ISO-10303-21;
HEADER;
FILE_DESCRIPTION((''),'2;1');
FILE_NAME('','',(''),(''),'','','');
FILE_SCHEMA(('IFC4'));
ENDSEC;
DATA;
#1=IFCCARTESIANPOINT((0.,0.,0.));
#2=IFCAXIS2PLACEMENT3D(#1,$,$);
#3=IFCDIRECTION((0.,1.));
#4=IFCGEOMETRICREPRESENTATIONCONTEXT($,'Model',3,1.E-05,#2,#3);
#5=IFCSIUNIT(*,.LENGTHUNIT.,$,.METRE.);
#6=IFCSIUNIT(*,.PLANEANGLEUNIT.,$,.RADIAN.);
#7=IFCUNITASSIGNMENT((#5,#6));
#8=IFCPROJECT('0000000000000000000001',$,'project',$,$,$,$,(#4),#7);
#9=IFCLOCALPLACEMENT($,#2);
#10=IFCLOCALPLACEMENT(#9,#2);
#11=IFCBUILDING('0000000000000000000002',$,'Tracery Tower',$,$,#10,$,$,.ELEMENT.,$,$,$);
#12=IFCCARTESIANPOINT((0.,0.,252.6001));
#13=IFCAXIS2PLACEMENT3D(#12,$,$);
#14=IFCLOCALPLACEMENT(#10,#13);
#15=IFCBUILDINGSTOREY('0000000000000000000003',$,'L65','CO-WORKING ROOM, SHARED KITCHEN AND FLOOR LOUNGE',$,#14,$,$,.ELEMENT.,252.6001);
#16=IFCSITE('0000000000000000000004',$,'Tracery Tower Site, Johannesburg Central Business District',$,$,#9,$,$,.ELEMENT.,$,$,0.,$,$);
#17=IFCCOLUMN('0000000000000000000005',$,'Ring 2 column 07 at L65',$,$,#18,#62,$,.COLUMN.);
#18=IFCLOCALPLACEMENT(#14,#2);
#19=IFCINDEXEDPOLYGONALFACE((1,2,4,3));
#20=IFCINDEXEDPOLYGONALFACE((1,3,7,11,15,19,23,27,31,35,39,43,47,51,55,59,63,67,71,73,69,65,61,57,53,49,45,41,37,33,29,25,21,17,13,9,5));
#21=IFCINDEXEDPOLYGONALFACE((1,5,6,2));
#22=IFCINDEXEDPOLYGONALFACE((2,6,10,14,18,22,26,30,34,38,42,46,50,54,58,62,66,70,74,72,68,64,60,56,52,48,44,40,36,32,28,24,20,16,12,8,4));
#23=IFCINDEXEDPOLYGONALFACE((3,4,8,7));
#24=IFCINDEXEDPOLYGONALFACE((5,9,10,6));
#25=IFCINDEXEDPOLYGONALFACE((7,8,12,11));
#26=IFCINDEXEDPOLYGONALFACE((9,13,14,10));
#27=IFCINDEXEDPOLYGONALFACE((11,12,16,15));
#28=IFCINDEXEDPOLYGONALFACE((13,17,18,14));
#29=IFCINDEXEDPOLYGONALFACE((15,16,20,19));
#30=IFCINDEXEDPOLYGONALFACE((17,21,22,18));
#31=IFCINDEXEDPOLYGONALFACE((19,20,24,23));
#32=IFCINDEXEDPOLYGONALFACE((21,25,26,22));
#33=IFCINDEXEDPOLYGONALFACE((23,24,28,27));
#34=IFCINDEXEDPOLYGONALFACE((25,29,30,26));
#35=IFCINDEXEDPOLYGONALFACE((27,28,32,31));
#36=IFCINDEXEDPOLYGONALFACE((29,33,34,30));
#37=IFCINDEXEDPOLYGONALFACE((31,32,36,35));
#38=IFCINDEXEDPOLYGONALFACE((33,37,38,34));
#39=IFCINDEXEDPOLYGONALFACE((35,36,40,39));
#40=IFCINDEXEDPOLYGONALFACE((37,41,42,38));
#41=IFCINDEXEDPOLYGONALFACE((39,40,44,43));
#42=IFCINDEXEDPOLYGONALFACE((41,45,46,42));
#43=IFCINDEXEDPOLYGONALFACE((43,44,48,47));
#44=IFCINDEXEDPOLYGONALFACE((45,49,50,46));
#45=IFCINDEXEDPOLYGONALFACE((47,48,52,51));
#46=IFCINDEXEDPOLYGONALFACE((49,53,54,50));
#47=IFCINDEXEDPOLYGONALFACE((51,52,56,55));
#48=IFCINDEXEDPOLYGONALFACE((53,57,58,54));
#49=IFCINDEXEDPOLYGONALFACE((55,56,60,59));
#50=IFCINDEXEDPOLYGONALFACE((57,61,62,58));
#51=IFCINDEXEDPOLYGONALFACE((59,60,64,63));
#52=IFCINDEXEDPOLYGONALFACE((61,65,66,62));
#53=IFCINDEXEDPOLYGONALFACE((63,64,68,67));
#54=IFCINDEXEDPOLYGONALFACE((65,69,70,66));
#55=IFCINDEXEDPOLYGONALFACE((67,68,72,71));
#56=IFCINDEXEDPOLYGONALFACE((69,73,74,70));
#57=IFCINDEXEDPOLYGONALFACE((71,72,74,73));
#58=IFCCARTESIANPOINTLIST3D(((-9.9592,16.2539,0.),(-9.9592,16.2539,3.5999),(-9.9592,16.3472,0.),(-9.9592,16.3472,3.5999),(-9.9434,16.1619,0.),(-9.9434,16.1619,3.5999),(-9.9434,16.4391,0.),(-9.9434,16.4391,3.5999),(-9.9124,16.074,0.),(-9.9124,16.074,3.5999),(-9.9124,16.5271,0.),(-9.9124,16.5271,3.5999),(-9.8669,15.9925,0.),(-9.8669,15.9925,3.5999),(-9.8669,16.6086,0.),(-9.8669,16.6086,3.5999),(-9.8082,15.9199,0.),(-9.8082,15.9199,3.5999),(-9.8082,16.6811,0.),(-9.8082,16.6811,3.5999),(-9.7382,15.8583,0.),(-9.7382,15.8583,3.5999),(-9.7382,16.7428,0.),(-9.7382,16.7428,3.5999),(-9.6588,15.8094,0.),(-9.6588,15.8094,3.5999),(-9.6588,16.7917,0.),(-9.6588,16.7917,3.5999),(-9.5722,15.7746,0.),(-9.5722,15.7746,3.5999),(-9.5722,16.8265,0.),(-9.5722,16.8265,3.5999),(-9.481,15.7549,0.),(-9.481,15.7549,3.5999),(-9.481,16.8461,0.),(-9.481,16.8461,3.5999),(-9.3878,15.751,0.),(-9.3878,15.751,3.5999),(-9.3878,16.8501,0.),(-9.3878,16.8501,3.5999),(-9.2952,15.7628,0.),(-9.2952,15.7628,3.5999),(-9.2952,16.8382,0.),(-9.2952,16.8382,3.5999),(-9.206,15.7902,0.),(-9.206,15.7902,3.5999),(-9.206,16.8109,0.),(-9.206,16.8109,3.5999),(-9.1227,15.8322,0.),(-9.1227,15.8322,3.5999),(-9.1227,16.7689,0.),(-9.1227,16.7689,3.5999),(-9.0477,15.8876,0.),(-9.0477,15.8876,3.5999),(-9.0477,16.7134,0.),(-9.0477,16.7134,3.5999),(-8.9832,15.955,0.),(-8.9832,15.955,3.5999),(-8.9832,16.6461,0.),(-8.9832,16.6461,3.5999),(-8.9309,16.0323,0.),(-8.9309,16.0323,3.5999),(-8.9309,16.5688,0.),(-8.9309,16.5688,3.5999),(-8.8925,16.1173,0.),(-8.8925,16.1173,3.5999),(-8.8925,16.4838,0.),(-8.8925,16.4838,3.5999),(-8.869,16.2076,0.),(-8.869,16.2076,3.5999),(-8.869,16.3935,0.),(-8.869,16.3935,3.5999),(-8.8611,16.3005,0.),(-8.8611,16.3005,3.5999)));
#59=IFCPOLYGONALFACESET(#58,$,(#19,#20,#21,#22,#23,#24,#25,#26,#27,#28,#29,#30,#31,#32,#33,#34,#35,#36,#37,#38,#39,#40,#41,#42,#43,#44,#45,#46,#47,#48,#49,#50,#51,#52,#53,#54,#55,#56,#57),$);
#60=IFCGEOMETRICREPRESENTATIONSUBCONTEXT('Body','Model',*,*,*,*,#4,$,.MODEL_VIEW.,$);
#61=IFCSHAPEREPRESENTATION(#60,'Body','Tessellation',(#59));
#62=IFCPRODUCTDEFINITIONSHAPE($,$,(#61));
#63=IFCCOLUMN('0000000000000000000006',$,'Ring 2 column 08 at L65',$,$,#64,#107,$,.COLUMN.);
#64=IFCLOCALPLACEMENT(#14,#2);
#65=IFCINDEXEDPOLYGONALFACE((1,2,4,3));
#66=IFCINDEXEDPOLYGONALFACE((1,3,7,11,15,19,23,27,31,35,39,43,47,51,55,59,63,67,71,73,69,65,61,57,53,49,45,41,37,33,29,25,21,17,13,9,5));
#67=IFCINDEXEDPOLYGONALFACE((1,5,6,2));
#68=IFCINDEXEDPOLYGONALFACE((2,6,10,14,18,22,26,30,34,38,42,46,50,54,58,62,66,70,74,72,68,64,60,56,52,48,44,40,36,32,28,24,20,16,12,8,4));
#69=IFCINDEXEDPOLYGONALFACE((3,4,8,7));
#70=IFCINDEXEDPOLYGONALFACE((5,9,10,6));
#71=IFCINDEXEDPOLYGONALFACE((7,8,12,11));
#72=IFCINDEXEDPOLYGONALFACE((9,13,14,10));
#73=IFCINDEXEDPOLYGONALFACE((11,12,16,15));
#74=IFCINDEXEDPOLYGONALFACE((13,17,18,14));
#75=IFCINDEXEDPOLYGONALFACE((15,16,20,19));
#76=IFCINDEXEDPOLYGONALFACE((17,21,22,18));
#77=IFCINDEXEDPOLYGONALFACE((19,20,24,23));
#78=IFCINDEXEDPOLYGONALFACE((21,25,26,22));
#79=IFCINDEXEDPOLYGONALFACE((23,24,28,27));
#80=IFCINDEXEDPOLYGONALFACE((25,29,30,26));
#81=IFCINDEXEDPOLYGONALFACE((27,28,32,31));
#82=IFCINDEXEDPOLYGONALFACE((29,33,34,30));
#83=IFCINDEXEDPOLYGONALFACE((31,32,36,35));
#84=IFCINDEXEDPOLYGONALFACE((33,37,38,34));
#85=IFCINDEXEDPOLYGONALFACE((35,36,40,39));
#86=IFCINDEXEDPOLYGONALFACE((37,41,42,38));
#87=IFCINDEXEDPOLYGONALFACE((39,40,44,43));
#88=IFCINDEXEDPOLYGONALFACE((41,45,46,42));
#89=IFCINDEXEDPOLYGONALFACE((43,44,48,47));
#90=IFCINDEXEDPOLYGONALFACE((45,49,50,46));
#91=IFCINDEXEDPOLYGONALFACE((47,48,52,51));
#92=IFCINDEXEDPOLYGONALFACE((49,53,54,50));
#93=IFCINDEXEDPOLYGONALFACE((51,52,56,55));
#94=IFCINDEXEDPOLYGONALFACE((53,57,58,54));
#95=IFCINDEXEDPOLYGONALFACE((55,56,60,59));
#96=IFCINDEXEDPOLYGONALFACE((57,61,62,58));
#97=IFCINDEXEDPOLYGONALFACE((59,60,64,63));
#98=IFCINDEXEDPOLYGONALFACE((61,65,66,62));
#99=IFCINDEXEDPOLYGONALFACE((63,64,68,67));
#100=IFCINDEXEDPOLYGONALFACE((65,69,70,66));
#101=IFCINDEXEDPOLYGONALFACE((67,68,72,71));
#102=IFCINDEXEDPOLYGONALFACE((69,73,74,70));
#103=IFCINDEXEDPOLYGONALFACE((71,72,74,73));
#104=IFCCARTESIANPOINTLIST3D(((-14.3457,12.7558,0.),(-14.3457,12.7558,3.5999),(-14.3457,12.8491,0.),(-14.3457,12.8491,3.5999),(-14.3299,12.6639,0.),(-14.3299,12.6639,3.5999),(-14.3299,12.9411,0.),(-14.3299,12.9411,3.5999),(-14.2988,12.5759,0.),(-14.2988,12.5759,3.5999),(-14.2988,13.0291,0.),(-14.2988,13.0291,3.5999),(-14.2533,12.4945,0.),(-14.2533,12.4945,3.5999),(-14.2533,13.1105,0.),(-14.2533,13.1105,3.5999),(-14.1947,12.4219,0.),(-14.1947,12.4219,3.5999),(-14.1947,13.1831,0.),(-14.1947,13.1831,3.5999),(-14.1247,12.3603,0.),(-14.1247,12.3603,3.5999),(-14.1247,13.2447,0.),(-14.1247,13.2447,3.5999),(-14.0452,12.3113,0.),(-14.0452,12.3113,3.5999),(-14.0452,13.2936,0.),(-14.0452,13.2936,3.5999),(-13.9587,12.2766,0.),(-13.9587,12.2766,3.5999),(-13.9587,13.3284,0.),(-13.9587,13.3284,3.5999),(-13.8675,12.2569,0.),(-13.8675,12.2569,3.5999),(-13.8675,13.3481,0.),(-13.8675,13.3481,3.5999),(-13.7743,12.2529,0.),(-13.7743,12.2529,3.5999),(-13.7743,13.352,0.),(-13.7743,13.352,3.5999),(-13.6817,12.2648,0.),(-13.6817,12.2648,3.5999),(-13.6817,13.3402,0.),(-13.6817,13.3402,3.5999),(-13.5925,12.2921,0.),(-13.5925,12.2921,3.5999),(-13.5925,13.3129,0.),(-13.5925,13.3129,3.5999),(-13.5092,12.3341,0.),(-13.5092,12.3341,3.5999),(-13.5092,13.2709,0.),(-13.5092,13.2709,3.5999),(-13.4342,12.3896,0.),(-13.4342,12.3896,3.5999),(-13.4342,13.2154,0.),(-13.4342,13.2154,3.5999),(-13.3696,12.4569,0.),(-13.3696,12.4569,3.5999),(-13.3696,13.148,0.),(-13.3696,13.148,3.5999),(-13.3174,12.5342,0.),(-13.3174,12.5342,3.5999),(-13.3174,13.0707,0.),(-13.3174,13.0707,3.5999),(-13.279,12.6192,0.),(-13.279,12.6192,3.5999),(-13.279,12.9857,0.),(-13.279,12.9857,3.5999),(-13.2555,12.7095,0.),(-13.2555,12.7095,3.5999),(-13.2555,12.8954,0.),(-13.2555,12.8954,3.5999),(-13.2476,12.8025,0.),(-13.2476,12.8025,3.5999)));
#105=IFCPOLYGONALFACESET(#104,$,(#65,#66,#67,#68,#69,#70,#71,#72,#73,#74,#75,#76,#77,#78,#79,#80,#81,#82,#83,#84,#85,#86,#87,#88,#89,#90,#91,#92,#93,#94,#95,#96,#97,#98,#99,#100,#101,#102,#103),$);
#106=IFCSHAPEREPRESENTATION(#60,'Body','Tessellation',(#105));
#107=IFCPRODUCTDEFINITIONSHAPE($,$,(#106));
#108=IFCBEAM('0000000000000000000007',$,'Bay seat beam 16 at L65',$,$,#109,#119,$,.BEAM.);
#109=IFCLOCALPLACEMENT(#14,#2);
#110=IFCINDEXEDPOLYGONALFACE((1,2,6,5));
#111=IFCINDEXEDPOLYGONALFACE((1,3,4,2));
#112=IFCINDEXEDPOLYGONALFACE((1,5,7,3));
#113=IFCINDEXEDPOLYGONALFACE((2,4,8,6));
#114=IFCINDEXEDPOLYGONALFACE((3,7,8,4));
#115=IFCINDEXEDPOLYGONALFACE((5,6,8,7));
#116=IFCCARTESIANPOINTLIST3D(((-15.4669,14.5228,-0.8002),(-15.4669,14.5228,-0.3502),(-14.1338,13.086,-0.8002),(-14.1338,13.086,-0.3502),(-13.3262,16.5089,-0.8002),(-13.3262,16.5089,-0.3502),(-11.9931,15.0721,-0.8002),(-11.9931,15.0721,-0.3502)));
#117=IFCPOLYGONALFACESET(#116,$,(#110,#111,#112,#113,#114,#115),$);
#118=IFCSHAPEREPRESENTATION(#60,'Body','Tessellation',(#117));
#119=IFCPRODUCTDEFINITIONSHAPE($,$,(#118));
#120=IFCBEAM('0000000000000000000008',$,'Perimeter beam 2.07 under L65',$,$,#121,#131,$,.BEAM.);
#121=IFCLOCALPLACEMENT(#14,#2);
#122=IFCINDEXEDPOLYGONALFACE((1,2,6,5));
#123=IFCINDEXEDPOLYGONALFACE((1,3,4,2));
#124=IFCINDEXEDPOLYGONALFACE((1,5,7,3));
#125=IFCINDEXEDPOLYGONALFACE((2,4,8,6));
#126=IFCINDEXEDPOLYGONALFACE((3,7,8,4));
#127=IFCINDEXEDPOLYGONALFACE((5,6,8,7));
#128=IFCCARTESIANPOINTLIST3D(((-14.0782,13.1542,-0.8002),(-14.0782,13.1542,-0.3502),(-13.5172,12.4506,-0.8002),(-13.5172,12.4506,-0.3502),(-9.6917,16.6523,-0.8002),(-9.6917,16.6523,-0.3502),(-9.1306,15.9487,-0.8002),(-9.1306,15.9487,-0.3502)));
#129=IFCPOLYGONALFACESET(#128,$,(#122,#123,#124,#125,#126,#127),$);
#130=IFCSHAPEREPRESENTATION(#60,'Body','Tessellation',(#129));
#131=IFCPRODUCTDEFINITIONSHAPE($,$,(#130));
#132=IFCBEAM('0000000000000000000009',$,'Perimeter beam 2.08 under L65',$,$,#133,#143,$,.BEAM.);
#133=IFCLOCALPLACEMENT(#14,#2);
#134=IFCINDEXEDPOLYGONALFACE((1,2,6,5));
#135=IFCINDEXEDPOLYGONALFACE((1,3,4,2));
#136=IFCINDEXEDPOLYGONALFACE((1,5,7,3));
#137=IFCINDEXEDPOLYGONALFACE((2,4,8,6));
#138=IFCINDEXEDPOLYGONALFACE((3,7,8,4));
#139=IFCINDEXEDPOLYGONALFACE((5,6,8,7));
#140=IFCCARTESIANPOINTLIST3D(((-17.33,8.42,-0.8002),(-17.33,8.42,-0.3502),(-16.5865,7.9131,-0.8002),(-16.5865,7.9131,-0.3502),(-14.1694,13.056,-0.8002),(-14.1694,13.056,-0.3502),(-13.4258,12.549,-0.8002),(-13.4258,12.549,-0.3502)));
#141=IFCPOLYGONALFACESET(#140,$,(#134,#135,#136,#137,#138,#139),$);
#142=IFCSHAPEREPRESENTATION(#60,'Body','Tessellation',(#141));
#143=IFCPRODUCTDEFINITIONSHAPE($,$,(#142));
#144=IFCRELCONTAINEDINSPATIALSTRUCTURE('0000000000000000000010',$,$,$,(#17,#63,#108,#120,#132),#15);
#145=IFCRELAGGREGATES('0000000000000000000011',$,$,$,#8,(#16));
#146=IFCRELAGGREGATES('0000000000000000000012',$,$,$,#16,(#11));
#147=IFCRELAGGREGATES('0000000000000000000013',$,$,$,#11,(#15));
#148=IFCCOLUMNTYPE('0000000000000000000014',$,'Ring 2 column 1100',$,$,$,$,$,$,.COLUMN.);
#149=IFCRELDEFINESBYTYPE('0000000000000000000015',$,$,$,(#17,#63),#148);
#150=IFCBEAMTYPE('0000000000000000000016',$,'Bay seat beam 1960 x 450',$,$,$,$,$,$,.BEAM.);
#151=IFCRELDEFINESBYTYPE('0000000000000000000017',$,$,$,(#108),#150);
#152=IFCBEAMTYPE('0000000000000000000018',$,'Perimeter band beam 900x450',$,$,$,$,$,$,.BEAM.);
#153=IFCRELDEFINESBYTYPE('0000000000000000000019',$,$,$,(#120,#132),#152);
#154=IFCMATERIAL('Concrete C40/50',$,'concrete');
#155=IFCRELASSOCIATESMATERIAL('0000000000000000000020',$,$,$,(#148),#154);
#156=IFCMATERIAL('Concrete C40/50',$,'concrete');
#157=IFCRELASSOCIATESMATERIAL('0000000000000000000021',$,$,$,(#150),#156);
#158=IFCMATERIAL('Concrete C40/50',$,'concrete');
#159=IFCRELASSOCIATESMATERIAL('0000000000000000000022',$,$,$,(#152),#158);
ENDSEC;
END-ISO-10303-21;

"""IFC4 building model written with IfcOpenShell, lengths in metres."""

from ifc_helpers import new_model, si_unit, direction, frame, origin, origin_2d, place, context, subcontext, project, spatial, rectangle, circle, extrude, material, material_profile, profile_set, type_object, element, save


model = new_model("IFC4")

# Units and contexts
model_context = context("Model", 3, precision=1e-05, world=origin(), true_north=direction((0.0, 1.0)))
body_context = subcontext(model_context, "Body", "Model", "MODEL_VIEW")
ifc_project = project(units=[si_unit("LENGTHUNIT", "METRE"), si_unit("PLANEANGLEUNIT", "RADIAN")], contexts=[model_context])

# Site, building, storey
site_placement = place(None, origin())
site = spatial("IfcSite", under=ifc_project, at=site_placement, Name="Tracery Tower Site, Johannesburg Central Business District", CompositionType="ELEMENT", RefElevation=0.0)
building_placement = place(site_placement, origin())
building = spatial("IfcBuilding", under=site, at=building_placement, Name="Tracery Tower", CompositionType="ELEMENT")
storey_placement = place(building_placement, frame((0.0, 0.0, 252.6001)))
storey = spatial("IfcBuildingStorey", under=building, at=storey_placement, Name="L65", Description="CO-WORKING ROOM, SHARED KITCHEN AND FLOOR LOUNGE", CompositionType="ELEMENT", Elevation=252.6001)

# Columns
ifc_material_1 = material(Name="Concrete C40/50", Category="concrete")
ifc_material_profile_1 = material_profile(ifc_material_1, circle(Radius=0.55, at=origin_2d()), Name="RC D1100")
ifc_profile_set_1 = profile_set([ifc_material_profile_1], Name="Concrete C40/50")
column_type = type_object("IfcColumnType", Name="Ring 2 column 1100", PredefinedType="COLUMN", material=ifc_profile_set_1)
for number, where, z_axis, x_axis, name in (
    (1, (-9.4111, 16.3005, 0.0), (0.0, 0.0, 1.0), (1.0, 0.0, 0.0), "Ring 2 column 07 at L65"),
    (2, (-13.7976, 12.8025, 0.0), (0.0, 0.0, 1.0), (1.0, 0.0, 0.0), "Ring 2 column 08 at L65"),
):
    element("IfcColumn", number, at=place(storey_placement, frame(where, z_axis=z_axis, x_axis=x_axis)), inside=storey, type_object=column_type, Name=name, PredefinedType="COLUMN", context=body_context, shape_type="SweptSolid", body=[
        extrude(circle(Radius=0.55, at=origin_2d()), origin(), (0.0, 0.0, 1.0), 3.5999),
    ])

# Beams
ifc_material_2 = material(Name="Concrete C40/50", Category="concrete")
ifc_material_profile_2 = material_profile(ifc_material_2, rectangle(XDim=1.96, YDim=0.45, at=origin_2d()), Name="RC 1960x450")
ifc_profile_set_2 = profile_set([ifc_material_profile_2], Name="Concrete C40/50")
beam_type_1 = type_object("IfcBeamType", Name="Bay seat beam 1960 x 450", PredefinedType="BEAM", material=ifc_profile_set_2)
beam_1_placement = place(storey_placement, frame((-12.6597, 15.7905, -0.5752), z_axis=(-0.733073, -0.68015, 0.0), x_axis=(0.68015, -0.733073, 0.0)))
element("IfcBeam", 3, at=beam_1_placement, inside=storey, type_object=beam_type_1, Name="Bay seat beam 16 at L65", PredefinedType="BEAM", context=body_context, shape_type="SweptSolid", body=[
    extrude(rectangle(XDim=1.96, YDim=0.45, at=origin_2d()), origin(), (0.0, 0.0, 1.0), 2.9202),
])
ifc_material_3 = material(Name="Concrete C40/50", Category="concrete")
ifc_material_profile_3 = material_profile(ifc_material_3, rectangle(XDim=0.8999, YDim=0.45, at=origin_2d()), Name="RC 900x450")
ifc_profile_set_3 = profile_set([ifc_material_profile_3], Name="Concrete C40/50")
beam_type_2 = type_object("IfcBeamType", Name="Perimeter band beam 900x450", PredefinedType="BEAM", material=ifc_profile_set_3)
beam_2_placement = place(storey_placement, frame((-9.4111, 16.3005, -0.5752), z_axis=(-0.781836, -0.623484, 0.0), x_axis=(0.623484, -0.781836, 0.0)))
element("IfcBeam", 4, at=beam_2_placement, inside=storey, type_object=beam_type_2, Name="Perimeter beam 2.07 under L65", PredefinedType="BEAM", context=body_context, shape_type="SweptSolid", body=[
    extrude(rectangle(XDim=0.8999, YDim=0.45, at=origin_2d()), origin(), (0.0, 0.0, 1.0), 5.6106),
])
beam_3_placement = place(storey_placement, frame((-13.7976, 12.8025, -0.5752), z_axis=(-0.563306, -0.826249, 0.0), x_axis=(0.826249, -0.563306, 0.0)))
element("IfcBeam", 5, at=beam_3_placement, inside=storey, type_object=beam_type_2, Name="Perimeter beam 2.08 under L65", PredefinedType="BEAM", context=body_context, shape_type="SweptSolid", body=[
    extrude(rectangle(XDim=0.8999, YDim=0.45, at=origin_2d()), origin(), (0.0, 0.0, 1.0), 5.6108),
])

save(model, "model.ifc")
